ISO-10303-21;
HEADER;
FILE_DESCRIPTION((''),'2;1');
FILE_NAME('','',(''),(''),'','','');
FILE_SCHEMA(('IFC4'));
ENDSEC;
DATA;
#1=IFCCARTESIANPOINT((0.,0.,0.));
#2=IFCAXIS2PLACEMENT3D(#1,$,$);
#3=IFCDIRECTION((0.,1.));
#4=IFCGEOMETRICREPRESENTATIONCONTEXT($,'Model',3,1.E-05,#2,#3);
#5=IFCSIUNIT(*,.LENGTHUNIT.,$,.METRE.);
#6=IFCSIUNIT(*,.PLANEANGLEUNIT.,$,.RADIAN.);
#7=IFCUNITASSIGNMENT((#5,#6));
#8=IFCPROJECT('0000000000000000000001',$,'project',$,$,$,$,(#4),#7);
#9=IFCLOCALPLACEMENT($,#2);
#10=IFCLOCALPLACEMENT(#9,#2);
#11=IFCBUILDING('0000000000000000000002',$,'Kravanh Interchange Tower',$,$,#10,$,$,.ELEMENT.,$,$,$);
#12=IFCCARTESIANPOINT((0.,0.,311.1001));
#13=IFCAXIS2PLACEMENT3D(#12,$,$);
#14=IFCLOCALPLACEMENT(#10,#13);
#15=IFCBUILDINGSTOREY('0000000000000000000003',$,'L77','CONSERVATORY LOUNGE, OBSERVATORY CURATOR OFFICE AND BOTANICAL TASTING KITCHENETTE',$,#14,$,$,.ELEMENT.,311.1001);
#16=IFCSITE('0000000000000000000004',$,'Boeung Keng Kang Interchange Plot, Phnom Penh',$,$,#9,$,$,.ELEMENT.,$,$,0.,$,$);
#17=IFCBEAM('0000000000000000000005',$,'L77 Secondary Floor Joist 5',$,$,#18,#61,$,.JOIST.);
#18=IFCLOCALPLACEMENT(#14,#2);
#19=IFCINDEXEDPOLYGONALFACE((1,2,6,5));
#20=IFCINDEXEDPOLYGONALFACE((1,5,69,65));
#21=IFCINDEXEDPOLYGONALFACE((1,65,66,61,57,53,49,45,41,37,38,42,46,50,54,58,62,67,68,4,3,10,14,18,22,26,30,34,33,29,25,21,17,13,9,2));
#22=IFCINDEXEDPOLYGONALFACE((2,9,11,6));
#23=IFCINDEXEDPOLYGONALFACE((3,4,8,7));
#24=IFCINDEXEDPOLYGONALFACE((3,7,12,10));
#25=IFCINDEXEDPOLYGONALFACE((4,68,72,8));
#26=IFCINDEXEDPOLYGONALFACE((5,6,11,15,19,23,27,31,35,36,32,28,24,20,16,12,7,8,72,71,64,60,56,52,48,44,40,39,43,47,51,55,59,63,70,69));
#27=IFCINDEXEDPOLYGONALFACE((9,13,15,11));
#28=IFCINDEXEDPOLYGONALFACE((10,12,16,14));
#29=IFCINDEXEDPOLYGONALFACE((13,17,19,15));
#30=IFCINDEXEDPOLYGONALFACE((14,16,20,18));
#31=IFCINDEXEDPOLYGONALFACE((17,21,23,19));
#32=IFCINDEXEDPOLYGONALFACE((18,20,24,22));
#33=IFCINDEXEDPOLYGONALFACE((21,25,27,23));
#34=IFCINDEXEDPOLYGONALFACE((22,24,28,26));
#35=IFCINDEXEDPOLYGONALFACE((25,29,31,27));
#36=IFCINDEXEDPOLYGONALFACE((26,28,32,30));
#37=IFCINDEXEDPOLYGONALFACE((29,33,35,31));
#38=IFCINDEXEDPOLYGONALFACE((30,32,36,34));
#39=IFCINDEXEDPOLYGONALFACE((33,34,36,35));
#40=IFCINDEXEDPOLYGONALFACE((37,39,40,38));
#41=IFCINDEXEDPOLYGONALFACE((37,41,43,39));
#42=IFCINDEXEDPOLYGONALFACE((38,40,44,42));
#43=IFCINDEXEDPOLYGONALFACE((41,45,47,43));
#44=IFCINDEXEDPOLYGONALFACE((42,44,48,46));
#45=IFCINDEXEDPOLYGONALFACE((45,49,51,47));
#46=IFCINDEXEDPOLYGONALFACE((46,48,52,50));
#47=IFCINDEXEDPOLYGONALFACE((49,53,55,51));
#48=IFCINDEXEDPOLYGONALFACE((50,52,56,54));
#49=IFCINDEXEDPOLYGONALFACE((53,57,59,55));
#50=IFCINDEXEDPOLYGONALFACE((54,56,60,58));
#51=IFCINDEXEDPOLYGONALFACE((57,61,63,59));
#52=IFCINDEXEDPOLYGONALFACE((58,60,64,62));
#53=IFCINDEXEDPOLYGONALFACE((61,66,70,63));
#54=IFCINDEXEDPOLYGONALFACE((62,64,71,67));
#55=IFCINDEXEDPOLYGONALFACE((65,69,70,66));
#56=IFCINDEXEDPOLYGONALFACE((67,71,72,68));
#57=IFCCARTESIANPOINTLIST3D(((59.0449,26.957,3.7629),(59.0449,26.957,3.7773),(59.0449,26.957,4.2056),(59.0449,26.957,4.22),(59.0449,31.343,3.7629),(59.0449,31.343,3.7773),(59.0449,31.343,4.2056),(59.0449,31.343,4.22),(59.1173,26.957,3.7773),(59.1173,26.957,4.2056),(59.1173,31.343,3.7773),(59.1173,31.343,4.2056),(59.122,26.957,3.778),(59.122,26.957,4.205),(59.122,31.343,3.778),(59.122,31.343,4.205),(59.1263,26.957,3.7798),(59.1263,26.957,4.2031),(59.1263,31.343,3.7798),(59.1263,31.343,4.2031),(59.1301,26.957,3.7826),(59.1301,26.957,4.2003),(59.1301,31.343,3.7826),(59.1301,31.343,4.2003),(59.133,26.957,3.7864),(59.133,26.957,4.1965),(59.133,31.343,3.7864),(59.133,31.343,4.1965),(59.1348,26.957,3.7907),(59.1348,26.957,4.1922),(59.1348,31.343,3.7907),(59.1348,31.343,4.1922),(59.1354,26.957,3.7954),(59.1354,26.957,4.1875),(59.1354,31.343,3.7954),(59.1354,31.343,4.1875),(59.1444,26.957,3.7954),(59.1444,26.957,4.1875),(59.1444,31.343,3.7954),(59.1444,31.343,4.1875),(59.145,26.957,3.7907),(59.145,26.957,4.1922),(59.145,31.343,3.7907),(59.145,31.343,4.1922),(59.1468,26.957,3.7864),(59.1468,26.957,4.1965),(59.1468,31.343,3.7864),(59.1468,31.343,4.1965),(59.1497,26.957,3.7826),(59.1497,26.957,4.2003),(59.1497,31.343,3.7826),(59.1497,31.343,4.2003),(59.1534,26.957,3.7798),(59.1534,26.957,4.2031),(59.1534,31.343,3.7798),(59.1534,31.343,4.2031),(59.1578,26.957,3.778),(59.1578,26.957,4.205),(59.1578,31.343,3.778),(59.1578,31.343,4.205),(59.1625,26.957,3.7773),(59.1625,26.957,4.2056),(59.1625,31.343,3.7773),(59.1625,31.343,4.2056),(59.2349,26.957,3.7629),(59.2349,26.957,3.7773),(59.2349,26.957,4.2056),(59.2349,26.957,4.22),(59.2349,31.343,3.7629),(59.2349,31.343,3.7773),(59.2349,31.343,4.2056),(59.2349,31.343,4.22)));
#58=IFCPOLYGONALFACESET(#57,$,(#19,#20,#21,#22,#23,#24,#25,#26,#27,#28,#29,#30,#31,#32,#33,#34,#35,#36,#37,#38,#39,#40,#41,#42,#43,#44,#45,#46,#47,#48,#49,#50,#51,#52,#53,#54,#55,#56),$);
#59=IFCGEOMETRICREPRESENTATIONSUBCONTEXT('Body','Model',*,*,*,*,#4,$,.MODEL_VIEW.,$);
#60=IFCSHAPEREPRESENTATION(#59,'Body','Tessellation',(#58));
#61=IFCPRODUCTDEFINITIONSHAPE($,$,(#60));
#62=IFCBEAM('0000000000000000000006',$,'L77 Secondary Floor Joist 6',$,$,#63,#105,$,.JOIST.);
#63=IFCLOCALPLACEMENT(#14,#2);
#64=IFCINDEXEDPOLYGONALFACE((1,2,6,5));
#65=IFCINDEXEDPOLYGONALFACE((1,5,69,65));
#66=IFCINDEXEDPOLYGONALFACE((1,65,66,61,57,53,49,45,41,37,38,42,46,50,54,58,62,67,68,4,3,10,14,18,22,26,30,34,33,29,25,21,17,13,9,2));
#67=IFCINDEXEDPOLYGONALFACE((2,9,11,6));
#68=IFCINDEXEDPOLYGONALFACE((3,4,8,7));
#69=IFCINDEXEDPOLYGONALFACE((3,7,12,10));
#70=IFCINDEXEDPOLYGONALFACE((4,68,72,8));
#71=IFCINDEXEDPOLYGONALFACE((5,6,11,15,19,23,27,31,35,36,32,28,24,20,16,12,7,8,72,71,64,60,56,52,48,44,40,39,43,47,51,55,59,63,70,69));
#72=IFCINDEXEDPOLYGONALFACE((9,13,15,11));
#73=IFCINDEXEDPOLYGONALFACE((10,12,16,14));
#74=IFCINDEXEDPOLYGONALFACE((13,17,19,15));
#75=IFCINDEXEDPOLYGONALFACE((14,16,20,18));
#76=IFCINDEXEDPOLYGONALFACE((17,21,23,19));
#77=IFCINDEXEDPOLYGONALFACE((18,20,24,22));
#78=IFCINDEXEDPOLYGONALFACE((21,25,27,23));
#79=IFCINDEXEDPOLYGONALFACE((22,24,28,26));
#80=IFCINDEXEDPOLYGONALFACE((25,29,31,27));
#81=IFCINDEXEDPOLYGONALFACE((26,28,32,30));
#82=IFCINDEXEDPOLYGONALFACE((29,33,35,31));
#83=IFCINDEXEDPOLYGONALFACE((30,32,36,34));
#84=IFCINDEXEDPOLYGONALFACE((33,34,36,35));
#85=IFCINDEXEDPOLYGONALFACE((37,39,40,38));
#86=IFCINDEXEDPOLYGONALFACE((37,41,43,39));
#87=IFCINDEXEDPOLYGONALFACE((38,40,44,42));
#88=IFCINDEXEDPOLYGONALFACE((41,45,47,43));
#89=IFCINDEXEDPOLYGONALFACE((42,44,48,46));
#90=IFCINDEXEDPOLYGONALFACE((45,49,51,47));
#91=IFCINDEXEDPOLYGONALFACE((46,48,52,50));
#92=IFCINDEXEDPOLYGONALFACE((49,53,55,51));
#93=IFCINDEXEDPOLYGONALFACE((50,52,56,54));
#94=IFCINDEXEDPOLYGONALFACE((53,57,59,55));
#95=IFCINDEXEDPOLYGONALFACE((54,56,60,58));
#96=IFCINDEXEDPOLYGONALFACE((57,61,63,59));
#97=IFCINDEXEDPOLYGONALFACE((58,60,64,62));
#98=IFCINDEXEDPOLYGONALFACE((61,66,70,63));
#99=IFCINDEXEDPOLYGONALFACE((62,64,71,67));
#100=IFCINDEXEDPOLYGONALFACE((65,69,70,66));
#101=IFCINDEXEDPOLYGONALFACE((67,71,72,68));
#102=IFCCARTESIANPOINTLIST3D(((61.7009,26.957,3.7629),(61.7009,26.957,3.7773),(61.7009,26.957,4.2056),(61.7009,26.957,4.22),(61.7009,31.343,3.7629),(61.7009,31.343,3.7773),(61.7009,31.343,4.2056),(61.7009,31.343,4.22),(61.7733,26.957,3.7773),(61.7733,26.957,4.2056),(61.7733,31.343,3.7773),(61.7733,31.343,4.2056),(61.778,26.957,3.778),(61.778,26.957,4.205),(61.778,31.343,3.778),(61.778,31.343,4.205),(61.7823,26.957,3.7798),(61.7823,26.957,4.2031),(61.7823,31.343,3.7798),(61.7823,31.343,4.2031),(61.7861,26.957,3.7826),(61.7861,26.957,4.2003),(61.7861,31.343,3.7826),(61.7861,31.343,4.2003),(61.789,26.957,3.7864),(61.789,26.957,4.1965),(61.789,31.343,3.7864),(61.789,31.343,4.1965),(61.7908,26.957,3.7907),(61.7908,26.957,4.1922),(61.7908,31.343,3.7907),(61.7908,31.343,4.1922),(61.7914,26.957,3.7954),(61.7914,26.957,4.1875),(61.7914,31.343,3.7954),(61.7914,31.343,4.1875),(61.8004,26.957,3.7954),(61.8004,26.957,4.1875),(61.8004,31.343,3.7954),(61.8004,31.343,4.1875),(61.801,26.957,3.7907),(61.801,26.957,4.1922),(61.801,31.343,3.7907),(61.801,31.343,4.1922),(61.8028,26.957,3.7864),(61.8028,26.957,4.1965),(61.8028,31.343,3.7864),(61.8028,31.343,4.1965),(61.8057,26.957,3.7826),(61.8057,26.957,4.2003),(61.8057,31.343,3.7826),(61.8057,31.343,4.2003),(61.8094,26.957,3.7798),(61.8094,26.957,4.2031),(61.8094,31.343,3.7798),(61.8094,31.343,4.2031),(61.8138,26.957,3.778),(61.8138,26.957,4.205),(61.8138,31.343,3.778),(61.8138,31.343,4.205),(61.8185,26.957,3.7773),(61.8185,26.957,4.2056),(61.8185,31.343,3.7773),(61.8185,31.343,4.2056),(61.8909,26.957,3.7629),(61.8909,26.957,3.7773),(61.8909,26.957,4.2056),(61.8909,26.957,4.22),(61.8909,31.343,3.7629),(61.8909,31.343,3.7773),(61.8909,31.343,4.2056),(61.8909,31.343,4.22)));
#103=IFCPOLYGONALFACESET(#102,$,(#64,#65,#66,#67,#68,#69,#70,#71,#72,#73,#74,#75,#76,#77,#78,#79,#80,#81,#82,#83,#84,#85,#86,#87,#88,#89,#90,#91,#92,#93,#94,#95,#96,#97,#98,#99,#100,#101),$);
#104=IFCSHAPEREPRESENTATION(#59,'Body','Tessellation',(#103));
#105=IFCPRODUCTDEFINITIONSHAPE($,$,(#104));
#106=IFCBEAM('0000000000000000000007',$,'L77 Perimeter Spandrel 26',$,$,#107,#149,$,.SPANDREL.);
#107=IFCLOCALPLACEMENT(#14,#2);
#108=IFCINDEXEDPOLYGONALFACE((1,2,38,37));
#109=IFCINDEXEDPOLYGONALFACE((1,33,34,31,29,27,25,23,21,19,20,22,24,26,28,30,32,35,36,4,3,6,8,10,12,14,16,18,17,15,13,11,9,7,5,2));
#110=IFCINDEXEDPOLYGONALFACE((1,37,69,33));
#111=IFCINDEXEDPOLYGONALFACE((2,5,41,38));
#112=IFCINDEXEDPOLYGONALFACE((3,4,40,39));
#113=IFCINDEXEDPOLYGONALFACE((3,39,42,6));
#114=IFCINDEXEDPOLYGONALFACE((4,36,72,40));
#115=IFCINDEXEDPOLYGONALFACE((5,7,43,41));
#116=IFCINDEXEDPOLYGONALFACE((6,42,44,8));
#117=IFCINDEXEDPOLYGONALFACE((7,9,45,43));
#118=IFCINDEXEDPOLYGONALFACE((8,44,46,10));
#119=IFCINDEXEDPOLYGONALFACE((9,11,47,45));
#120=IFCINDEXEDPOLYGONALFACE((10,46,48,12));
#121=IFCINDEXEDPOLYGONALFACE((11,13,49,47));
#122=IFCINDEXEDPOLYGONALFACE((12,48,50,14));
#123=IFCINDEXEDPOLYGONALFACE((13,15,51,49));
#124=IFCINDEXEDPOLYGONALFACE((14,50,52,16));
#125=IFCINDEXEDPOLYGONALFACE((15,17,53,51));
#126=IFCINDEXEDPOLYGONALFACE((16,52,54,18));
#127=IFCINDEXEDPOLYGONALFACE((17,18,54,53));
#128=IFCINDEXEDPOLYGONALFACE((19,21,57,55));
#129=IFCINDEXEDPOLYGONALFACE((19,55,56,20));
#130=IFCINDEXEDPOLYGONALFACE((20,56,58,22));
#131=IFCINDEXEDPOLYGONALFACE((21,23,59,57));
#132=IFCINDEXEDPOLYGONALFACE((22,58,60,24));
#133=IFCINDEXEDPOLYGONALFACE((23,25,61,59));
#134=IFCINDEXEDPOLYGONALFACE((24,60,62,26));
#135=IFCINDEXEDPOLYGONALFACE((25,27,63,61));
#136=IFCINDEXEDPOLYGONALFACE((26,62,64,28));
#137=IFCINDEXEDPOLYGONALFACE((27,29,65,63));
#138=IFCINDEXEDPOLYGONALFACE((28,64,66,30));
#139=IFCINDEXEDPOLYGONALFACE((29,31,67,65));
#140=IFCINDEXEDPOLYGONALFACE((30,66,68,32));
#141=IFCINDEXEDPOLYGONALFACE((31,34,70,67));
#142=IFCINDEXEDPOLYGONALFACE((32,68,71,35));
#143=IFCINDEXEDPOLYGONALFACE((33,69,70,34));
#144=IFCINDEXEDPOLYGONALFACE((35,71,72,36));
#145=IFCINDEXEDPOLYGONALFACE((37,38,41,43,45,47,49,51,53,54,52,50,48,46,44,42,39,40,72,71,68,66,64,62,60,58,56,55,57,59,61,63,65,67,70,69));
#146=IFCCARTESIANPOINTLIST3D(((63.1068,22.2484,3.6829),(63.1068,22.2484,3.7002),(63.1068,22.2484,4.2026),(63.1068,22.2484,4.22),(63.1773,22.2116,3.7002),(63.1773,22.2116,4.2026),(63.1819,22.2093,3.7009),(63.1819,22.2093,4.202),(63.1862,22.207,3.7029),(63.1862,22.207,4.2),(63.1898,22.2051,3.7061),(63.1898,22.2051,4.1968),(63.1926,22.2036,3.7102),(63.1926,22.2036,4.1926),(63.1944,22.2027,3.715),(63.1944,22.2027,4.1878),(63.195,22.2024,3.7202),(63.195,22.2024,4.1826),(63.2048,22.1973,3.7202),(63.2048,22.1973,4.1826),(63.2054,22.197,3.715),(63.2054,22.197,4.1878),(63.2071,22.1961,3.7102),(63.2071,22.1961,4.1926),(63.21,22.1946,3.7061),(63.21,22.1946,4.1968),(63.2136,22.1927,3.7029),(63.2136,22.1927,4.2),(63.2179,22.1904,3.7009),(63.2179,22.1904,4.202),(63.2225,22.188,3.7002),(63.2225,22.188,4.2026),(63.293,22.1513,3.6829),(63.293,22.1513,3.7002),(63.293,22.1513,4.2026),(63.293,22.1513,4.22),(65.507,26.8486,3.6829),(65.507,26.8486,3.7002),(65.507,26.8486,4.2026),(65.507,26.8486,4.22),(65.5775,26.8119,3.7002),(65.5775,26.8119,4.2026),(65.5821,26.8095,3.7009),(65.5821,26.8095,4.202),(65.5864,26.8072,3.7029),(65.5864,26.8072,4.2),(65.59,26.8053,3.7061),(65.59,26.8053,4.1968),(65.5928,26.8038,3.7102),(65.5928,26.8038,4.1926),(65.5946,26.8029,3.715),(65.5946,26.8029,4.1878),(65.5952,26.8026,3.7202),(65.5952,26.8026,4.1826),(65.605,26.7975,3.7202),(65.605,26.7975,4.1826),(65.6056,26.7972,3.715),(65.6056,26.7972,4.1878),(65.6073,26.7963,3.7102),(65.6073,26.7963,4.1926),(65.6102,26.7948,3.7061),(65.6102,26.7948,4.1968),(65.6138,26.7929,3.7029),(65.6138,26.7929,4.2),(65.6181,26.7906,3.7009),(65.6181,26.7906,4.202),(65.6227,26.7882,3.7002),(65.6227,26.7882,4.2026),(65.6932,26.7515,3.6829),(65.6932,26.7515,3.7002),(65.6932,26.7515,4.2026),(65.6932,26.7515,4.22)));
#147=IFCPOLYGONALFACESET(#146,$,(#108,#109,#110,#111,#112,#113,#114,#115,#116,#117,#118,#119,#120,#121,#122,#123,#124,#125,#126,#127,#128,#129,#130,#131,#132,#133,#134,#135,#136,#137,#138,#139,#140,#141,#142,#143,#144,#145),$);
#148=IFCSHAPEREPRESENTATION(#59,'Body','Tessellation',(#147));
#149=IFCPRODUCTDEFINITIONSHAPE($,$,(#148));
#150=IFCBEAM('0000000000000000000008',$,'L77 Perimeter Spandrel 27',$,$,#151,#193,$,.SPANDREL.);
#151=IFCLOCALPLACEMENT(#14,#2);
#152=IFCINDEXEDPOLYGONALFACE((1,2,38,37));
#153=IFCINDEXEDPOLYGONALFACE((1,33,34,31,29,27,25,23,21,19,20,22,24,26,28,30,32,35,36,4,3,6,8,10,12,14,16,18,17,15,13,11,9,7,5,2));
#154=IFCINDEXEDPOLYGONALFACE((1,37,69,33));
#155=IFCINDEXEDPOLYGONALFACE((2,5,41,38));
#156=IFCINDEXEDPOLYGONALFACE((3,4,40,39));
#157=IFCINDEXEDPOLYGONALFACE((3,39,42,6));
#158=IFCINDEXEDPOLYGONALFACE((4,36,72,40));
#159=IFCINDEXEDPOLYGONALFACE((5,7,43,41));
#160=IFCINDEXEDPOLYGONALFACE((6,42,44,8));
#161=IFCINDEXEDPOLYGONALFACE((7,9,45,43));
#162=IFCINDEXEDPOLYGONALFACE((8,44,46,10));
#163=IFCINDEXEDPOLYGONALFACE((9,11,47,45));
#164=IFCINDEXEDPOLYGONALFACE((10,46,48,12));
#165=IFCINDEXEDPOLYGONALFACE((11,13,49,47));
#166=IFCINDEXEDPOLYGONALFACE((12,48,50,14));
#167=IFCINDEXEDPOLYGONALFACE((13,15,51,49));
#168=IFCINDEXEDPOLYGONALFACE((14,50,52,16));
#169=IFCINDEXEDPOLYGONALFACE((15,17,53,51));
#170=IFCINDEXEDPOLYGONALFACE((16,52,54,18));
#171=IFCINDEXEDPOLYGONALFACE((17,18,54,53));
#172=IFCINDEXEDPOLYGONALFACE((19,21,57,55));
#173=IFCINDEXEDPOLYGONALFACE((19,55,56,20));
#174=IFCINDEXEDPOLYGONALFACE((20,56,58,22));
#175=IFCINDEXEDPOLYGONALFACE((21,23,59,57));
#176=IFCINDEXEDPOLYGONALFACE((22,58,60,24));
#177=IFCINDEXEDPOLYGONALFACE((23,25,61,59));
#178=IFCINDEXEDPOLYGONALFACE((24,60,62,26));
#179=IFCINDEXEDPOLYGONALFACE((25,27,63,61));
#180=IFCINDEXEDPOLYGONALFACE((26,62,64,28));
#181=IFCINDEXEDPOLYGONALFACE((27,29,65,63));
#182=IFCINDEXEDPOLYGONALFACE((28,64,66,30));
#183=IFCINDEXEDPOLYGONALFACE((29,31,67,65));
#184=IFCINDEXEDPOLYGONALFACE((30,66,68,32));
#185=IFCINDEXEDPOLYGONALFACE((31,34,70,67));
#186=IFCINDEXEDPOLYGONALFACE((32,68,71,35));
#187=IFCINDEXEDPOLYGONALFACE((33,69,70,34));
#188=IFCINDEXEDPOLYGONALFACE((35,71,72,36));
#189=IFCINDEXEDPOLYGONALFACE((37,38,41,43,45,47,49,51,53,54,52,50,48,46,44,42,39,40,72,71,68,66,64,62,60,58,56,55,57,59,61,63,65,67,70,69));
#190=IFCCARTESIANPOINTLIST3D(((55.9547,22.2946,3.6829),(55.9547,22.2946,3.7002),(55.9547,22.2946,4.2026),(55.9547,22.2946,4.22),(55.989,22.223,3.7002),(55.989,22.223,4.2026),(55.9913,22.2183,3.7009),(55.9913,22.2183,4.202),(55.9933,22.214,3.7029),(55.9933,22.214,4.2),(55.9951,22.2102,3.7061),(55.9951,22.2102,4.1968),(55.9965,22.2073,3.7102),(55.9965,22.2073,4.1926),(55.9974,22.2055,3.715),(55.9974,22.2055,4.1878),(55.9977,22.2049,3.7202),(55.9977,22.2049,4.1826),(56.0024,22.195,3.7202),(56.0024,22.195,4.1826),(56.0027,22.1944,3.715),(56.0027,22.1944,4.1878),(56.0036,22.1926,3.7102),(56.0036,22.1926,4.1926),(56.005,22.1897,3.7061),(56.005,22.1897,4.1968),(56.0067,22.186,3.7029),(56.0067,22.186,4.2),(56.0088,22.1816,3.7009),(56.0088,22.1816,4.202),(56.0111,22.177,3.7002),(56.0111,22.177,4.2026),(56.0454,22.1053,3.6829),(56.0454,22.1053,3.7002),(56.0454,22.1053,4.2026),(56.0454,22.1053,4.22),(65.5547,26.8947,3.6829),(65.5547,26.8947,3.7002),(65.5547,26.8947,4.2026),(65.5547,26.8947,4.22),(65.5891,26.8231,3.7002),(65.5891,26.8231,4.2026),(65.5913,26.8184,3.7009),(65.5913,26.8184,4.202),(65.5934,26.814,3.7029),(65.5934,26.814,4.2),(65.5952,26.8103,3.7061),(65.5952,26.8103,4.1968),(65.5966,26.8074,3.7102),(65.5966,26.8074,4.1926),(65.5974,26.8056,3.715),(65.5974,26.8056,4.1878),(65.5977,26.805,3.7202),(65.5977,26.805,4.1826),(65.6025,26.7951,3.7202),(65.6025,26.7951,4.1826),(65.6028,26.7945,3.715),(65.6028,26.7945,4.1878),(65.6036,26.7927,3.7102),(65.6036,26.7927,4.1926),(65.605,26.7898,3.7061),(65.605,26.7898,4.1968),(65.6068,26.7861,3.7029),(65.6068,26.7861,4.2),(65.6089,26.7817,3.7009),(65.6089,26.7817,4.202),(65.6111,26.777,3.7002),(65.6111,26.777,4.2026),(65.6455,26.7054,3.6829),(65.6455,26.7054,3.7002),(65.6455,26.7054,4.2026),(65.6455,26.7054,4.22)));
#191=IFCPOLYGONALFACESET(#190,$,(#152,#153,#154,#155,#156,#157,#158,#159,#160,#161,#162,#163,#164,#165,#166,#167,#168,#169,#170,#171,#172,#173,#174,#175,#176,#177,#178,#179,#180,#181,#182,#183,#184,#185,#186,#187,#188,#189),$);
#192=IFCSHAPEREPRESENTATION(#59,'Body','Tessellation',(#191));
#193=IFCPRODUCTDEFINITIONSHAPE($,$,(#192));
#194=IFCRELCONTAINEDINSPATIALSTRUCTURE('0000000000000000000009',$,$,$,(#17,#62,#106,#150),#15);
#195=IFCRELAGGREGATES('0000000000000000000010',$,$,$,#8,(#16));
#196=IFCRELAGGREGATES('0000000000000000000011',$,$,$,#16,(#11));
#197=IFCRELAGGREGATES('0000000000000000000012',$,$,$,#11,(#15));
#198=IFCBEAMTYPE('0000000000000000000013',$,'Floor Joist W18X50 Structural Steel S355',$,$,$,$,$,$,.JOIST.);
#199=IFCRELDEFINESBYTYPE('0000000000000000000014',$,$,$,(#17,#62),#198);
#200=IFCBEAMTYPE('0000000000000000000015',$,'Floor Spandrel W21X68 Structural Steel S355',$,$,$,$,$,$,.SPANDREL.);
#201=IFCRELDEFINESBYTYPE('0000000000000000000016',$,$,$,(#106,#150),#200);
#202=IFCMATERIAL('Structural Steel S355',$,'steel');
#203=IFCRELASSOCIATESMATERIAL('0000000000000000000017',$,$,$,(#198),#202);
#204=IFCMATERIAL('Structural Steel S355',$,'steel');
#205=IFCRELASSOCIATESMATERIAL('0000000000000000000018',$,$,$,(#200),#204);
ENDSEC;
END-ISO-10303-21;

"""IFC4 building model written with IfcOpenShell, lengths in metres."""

from ifc_helpers import new_model, si_unit, direction, frame, origin, origin_2d, place, context, subcontext, project, spatial, i_section, extrude, material, material_profile, profile_set, type_object, element, save


model = new_model("IFC4")

# Units and contexts
model_context = context("Model", 3, precision=1e-05, world=origin(), true_north=direction((0.0, 1.0)))
body_context = subcontext(model_context, "Body", "Model", "MODEL_VIEW")
ifc_project = project(units=[si_unit("LENGTHUNIT", "METRE"), si_unit("PLANEANGLEUNIT", "RADIAN")], contexts=[model_context])

# Site, building, storey
site_placement = place(None, origin())
site = spatial("IfcSite", under=ifc_project, at=site_placement, Name="Boeung Keng Kang Interchange Plot, Phnom Penh", CompositionType="ELEMENT", RefElevation=0.0)
building_placement = place(site_placement, origin())
building = spatial("IfcBuilding", under=site, at=building_placement, Name="Kravanh Interchange Tower", CompositionType="ELEMENT")
storey_placement = place(building_placement, frame((0.0, 0.0, 311.1001)))
storey = spatial("IfcBuildingStorey", under=building, at=storey_placement, Name="L77", Description="CONSERVATORY LOUNGE, OBSERVATORY CURATOR OFFICE AND BOTANICAL TASTING KITCHENETTE", CompositionType="ELEMENT", Elevation=311.1001)

# Beams
ifc_material_1 = material(Name="Structural Steel S355", Category="steel")
ifc_material_profile_1 = material_profile(ifc_material_1, i_section(OverallWidth=0.1899, OverallDepth=0.457, WebThickness=0.009, FlangeThickness=0.0144, FilletRadius=0.0181, at=origin_2d()), Name="W18X50")
ifc_profile_set_1 = profile_set([ifc_material_profile_1], Name="Structural Steel S355")
beam_type_1 = type_object("IfcBeamType", Name="Floor Joist W18X50 Structural Steel S355", PredefinedType="JOIST", material=ifc_profile_set_1)
for number, where, z_axis, x_axis, name in (
    (1, (59.1399, 26.957, 3.9915), (0.0, 1.0, 0.0), (-1.0, 0.0, 0.0), "L77 Secondary Floor Joist 5"),
    (2, (61.7959, 26.957, 3.9915), (0.0, 1.0, 0.0), (-1.0, 0.0, 0.0), "L77 Secondary Floor Joist 6"),
):
    element("IfcBeam", number, at=place(storey_placement, frame(where, z_axis=z_axis, x_axis=x_axis)), inside=storey, type_object=beam_type_1, Name=name, PredefinedType="JOIST", context=body_context, shape_type="SweptSolid", body=[
        extrude(i_section(OverallWidth=0.1899, OverallDepth=0.457, WebThickness=0.009, FlangeThickness=0.0144, FilletRadius=0.0181, at=origin_2d()), origin(), (0.0, 0.0, 1.0), 4.386),
    ])
ifc_material_2 = material(Name="Structural Steel S355", Category="steel")
ifc_material_profile_2 = material_profile(ifc_material_2, i_section(OverallWidth=0.21, OverallDepth=0.5371, WebThickness=0.011, FlangeThickness=0.0173, FilletRadius=0.02, at=origin_2d()), Name="W21X68")
ifc_profile_set_2 = profile_set([ifc_material_profile_2], Name="Structural Steel S355")
beam_type_2 = type_object("IfcBeamType", Name="Floor Spandrel W21X68 Structural Steel S355", PredefinedType="SPANDREL", material=ifc_profile_set_2)
beam_1_placement = place(storey_placement, frame((65.6001, 26.8, 3.9514), z_axis=(-0.46258, -0.886577, 0.0), x_axis=(0.886577, -0.46258, 0.0)))
element("IfcBeam", 3, at=beam_1_placement, inside=storey, type_object=beam_type_2, Name="L77 Perimeter Spandrel 26", PredefinedType="SPANDREL", context=body_context, shape_type="SweptSolid", body=[
    extrude(i_section(OverallWidth=0.21, OverallDepth=0.5371, WebThickness=0.011, FlangeThickness=0.0173, FilletRadius=0.02, at=origin_2d()), origin(), (0.0, 0.0, 1.0), 5.1887),
])
beam_2_placement = place(storey_placement, frame((65.6001, 26.8, 3.9514), z_axis=(-0.901814, -0.432124, 0.0), x_axis=(0.432124, -0.901814, 0.0)))
element("IfcBeam", 4, at=beam_2_placement, inside=storey, type_object=beam_type_2, Name="L77 Perimeter Spandrel 27", PredefinedType="SPANDREL", context=body_context, shape_type="SweptSolid", body=[
    extrude(i_section(OverallWidth=0.21, OverallDepth=0.5371, WebThickness=0.011, FlangeThickness=0.0173, FilletRadius=0.02, at=origin_2d()), origin(), (0.0, 0.0, 1.0), 10.6453),
])

save(model, "model.ifc")
